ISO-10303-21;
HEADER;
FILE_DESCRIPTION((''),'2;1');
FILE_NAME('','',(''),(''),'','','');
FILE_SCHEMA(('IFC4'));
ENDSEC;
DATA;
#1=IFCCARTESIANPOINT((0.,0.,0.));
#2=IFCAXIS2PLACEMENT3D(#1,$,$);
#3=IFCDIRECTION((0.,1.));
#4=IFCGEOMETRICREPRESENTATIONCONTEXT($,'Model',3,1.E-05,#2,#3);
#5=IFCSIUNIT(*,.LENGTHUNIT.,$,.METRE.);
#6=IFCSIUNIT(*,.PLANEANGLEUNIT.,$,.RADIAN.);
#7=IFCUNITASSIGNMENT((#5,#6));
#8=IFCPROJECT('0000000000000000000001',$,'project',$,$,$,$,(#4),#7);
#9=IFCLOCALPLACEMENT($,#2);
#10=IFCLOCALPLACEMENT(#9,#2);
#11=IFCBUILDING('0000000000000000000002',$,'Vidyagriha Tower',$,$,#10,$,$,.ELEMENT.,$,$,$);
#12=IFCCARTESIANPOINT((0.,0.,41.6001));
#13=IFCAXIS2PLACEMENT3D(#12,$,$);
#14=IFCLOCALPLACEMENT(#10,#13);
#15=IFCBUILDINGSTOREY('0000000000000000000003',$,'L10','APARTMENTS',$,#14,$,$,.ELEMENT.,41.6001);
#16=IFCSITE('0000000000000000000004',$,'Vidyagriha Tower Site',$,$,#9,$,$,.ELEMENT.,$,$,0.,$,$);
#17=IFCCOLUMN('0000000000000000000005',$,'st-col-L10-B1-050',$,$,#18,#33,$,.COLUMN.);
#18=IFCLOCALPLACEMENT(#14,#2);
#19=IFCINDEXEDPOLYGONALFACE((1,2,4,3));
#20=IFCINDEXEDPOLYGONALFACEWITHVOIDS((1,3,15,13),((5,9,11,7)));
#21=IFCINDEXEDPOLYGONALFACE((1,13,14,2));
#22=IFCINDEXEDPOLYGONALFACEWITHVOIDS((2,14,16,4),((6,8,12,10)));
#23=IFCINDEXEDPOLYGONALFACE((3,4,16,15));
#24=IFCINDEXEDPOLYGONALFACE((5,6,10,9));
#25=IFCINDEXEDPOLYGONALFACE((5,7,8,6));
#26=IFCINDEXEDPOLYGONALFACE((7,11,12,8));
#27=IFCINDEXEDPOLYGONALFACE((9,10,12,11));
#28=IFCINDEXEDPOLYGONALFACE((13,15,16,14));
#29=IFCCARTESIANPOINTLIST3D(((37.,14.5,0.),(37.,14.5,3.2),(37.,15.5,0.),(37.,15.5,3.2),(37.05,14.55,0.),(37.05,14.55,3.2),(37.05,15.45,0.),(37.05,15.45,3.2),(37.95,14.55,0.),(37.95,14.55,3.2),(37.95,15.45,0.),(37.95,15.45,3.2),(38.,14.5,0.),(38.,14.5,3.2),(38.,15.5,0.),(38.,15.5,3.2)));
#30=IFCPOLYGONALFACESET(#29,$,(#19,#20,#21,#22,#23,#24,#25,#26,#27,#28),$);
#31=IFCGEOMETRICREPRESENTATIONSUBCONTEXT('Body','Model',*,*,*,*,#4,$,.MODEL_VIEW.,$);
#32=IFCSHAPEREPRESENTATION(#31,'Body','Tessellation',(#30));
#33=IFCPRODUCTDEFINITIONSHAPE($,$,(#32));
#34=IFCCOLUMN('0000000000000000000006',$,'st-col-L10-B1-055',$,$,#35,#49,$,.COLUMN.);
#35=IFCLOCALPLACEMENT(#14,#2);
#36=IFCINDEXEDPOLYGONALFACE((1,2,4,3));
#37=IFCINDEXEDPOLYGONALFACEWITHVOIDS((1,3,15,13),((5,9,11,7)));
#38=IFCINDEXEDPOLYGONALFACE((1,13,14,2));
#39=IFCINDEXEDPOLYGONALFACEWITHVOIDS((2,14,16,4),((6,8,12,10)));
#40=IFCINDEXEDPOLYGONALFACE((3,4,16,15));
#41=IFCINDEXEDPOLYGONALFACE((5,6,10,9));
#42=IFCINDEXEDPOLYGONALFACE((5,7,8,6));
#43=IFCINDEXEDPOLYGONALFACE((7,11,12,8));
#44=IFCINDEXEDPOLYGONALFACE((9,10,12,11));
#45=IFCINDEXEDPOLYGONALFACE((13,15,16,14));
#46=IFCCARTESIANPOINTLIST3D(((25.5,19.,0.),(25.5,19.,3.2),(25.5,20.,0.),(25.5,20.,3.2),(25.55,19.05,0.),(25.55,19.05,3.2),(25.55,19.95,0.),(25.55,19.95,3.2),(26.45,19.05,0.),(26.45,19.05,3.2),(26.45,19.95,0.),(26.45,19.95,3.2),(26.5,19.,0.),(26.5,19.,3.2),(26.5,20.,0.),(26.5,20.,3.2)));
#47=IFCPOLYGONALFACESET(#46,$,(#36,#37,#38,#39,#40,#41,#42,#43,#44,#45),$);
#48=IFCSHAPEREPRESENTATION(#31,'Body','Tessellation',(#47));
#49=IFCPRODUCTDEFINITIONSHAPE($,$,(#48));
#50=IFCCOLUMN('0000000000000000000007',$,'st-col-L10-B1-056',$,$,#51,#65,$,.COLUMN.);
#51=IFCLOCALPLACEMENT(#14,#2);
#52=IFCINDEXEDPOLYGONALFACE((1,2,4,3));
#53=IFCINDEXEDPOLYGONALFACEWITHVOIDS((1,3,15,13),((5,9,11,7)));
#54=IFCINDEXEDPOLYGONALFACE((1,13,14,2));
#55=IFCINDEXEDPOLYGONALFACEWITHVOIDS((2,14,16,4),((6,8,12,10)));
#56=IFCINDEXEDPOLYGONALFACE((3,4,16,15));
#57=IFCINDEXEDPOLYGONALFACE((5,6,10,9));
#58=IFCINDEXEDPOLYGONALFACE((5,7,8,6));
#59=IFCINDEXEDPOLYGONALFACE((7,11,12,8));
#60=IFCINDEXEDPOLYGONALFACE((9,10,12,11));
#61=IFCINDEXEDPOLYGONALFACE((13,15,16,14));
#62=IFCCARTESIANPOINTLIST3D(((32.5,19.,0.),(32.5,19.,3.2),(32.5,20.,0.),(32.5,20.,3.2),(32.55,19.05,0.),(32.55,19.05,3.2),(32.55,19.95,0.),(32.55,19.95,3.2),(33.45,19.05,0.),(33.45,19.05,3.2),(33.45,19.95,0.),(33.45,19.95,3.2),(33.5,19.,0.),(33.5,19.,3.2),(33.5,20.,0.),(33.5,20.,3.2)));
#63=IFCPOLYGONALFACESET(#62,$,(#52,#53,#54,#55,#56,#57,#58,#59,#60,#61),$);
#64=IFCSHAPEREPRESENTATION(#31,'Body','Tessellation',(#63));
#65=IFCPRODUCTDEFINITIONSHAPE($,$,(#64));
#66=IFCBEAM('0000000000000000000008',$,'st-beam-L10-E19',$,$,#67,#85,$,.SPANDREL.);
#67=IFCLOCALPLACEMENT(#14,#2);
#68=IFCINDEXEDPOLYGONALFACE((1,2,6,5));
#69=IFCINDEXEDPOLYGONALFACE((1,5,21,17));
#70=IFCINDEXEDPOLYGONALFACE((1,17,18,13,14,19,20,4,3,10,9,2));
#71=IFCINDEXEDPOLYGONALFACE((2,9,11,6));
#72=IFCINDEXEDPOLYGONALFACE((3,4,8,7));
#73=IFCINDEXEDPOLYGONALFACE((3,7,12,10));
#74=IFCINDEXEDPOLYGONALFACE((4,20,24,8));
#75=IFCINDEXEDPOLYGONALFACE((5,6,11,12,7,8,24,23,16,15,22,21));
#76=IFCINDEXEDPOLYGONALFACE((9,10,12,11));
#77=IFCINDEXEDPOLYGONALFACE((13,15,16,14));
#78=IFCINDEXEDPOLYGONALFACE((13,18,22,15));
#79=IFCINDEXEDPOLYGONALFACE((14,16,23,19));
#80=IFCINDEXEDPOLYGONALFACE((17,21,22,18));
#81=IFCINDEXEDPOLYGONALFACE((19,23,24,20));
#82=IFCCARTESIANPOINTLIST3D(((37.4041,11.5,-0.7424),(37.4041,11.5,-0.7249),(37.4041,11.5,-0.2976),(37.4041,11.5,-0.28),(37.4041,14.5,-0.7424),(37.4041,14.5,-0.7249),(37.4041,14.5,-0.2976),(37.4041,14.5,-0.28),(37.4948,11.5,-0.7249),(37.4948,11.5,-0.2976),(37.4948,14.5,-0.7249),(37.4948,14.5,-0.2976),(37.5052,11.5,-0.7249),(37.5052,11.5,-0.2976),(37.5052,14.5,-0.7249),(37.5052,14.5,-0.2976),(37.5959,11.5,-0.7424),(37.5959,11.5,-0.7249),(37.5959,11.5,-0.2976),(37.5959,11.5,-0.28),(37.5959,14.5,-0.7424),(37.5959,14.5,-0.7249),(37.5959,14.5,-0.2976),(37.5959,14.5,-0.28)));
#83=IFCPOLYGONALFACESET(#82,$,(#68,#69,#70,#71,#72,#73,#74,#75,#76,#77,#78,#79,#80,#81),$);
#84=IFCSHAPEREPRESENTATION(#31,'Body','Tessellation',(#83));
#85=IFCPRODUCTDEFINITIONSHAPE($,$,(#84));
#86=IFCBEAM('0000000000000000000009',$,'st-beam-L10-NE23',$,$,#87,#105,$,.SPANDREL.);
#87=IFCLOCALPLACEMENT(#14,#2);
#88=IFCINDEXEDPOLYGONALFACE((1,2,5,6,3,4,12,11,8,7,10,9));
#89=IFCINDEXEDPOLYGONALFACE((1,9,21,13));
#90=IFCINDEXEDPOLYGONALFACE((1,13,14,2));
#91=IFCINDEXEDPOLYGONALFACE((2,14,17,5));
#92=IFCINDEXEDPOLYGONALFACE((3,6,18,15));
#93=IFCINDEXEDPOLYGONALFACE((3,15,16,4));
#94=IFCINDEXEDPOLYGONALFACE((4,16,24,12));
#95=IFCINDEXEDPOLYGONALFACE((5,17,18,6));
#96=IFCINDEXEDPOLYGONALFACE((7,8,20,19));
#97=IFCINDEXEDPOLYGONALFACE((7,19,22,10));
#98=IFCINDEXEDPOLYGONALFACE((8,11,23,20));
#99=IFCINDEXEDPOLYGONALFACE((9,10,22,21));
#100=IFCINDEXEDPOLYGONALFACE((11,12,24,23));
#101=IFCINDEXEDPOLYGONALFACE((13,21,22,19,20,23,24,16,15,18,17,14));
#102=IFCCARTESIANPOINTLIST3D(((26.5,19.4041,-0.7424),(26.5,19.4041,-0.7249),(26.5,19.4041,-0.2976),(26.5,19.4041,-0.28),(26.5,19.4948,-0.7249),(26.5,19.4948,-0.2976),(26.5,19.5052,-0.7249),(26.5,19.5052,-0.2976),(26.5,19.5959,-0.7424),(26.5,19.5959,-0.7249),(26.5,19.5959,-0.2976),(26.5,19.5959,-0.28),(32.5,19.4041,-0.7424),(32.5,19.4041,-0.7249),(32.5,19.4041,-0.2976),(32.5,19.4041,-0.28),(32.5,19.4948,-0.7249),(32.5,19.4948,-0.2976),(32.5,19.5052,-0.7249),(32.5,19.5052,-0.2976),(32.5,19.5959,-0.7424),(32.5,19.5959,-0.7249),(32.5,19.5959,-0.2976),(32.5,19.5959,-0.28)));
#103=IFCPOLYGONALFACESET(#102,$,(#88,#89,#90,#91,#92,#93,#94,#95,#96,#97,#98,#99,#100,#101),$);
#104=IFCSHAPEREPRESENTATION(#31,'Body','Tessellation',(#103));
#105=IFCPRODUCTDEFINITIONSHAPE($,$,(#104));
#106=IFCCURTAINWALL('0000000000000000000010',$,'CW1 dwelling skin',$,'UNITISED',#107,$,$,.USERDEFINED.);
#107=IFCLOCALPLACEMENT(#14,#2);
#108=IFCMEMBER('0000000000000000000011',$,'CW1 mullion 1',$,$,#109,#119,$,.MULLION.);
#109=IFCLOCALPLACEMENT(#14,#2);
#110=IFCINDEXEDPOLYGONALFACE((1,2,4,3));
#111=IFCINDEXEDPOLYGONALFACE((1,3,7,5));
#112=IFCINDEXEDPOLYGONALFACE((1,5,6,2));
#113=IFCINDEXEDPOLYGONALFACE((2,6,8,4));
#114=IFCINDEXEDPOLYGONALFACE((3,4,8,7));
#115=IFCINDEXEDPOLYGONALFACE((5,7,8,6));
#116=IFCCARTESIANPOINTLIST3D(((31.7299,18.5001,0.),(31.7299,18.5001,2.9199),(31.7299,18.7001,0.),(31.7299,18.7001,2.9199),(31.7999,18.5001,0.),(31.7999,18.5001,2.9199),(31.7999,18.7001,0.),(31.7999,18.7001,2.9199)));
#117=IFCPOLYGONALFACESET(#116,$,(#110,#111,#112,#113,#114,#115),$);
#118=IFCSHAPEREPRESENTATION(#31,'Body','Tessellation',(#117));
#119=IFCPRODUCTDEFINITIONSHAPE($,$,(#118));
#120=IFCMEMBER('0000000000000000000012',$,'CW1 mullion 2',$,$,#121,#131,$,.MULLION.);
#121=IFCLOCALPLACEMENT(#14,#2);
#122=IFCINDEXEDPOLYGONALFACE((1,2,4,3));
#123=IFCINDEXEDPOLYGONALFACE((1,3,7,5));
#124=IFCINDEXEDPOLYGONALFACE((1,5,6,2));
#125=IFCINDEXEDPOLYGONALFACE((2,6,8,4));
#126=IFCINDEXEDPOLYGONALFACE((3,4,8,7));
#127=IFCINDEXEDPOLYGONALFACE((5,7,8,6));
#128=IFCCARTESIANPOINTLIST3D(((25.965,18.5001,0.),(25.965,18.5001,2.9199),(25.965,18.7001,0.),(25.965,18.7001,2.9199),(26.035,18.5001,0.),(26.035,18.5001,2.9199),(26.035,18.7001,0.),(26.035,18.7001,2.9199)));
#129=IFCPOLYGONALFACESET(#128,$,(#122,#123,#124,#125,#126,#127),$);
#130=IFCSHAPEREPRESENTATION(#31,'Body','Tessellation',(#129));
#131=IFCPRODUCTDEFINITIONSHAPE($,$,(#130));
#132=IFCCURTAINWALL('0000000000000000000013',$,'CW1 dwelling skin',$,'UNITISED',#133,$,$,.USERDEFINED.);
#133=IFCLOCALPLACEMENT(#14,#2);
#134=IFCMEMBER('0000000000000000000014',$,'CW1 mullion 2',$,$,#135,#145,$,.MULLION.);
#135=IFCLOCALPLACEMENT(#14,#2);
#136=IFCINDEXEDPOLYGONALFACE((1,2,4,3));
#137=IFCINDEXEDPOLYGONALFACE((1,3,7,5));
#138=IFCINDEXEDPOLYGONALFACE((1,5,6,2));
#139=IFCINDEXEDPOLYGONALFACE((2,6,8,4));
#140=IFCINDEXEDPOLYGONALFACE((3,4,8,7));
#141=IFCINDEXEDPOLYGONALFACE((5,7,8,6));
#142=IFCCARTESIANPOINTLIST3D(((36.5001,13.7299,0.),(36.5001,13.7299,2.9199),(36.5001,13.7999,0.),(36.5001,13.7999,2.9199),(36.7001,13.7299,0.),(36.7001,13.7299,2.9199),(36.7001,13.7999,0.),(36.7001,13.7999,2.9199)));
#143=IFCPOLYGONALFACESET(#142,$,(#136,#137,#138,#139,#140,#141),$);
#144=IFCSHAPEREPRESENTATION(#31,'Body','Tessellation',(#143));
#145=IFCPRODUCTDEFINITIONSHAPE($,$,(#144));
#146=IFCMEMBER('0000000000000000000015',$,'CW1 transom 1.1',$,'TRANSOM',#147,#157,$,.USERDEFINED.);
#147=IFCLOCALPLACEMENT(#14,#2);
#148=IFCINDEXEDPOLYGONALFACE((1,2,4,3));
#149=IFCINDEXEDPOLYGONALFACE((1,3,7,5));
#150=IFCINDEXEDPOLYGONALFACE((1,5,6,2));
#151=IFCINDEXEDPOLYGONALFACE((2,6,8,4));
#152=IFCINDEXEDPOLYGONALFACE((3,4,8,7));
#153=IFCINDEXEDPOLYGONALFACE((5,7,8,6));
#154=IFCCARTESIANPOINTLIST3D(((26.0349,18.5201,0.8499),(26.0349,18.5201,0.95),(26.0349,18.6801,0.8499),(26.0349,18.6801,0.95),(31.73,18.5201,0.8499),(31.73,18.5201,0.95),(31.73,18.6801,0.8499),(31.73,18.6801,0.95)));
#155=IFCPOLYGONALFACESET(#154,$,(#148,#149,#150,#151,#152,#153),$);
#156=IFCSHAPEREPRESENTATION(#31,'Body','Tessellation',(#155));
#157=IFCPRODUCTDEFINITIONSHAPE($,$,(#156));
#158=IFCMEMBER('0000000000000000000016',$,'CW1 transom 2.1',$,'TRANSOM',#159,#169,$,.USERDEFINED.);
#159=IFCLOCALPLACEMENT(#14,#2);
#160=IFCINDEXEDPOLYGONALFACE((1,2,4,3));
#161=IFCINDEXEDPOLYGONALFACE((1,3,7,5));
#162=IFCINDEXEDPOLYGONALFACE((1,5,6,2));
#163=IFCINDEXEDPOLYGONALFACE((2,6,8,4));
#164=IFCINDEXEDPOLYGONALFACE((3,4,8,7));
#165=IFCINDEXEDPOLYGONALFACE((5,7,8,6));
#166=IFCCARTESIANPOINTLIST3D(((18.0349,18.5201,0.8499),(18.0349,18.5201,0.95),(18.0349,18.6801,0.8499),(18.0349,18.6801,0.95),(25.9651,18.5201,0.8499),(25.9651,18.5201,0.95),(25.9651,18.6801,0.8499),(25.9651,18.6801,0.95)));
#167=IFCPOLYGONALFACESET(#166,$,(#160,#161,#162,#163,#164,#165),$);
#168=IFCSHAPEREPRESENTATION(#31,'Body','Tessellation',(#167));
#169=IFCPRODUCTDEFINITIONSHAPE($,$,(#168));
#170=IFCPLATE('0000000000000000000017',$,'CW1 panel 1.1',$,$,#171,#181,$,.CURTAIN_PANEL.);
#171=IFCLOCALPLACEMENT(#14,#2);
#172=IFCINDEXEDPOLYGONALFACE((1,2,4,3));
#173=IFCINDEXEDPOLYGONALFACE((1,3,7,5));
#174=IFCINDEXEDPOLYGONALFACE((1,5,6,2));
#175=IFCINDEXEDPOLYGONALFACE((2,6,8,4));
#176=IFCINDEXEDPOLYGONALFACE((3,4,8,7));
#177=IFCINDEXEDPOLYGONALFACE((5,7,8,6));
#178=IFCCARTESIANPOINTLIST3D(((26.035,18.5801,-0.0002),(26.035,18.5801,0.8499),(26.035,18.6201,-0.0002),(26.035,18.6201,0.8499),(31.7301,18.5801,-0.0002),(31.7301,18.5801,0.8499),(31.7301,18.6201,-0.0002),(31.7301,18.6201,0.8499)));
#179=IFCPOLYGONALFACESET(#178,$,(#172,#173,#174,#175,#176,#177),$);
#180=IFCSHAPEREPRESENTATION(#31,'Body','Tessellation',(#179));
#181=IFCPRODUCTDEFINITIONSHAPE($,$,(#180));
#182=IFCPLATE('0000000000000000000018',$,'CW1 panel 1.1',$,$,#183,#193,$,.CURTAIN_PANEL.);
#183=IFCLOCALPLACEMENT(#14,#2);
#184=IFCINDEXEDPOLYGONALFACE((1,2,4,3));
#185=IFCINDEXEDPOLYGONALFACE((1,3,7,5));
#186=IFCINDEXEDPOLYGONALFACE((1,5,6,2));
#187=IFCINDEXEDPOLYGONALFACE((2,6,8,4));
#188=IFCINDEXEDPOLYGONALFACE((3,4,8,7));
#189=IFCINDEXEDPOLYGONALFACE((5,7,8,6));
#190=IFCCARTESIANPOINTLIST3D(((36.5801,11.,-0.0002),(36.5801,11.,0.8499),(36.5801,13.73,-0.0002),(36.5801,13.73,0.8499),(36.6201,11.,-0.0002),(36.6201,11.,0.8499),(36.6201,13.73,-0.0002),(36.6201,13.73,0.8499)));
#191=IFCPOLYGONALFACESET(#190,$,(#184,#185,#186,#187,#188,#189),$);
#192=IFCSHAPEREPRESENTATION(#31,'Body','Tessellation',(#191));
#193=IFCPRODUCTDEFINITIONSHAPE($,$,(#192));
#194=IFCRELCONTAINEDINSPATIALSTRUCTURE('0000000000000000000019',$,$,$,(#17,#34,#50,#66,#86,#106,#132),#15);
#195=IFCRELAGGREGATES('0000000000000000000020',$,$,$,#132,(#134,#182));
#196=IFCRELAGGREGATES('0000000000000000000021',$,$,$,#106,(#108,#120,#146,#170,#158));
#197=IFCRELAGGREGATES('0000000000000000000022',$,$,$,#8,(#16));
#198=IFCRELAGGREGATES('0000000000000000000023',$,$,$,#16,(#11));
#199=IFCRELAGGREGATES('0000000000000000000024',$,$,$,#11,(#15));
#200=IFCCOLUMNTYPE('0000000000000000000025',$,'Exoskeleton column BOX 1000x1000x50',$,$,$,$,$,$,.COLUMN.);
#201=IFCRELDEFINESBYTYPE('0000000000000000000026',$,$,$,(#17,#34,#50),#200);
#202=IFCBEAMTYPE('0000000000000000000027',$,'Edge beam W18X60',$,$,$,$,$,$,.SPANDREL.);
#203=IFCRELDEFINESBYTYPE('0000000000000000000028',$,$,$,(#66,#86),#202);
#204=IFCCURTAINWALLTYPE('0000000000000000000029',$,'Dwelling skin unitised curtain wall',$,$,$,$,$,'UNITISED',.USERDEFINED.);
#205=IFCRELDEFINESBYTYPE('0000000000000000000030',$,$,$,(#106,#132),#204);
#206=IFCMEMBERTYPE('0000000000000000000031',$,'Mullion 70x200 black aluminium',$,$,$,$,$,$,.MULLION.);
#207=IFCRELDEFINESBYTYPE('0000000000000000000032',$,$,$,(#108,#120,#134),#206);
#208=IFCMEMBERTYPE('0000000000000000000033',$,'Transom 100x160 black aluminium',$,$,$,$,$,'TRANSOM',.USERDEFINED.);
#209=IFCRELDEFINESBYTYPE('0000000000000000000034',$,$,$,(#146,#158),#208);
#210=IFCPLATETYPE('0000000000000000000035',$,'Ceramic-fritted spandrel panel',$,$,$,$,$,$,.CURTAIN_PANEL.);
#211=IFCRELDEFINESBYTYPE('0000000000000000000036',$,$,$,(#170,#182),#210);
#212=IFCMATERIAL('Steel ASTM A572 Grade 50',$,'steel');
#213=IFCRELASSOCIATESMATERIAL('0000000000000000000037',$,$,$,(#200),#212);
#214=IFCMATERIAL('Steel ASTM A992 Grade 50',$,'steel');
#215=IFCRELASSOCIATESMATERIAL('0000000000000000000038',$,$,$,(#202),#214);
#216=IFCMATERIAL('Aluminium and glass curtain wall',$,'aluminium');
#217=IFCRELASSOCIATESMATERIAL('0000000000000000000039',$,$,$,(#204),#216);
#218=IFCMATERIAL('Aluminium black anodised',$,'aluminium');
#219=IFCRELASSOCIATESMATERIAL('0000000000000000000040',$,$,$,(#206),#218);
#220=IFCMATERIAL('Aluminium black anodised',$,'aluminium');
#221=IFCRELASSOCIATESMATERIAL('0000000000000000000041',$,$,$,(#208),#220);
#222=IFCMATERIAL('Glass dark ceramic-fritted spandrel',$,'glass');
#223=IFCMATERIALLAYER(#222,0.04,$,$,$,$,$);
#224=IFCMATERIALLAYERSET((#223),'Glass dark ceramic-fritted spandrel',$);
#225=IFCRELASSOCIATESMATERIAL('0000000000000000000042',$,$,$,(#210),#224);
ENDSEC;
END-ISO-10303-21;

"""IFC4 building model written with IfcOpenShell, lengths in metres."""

from ifc_helpers import new_model, si_unit, direction, frame, origin, origin_2d, place, context, subcontext, project, spatial, rectangle, hollow_rectangle, i_section, extrude, material, layer, layer_set, material_profile, profile_set, type_object, element, aggregate, save


model = new_model("IFC4")

# Units and contexts
model_context = context("Model", 3, precision=1e-05, world=origin(), true_north=direction((0.0, 1.0)))
body_context = subcontext(model_context, "Body", "Model", "MODEL_VIEW")
ifc_project = project(units=[si_unit("LENGTHUNIT", "METRE"), si_unit("PLANEANGLEUNIT", "RADIAN")], contexts=[model_context])

# Site, building, storey
site_placement = place(None, origin())
site = spatial("IfcSite", under=ifc_project, at=site_placement, Name="Vidyagriha Tower Site", CompositionType="ELEMENT", RefElevation=0.0)
building_placement = place(site_placement, origin())
building = spatial("IfcBuilding", under=site, at=building_placement, Name="Vidyagriha Tower", CompositionType="ELEMENT")
storey_placement = place(building_placement, frame((0.0, 0.0, 41.6001)))
storey = spatial("IfcBuildingStorey", under=building, at=storey_placement, Name="L10", Description="APARTMENTS", CompositionType="ELEMENT", Elevation=41.6001)

# Columns
ifc_material_1 = material(Name="Steel ASTM A572 Grade 50", Category="steel")
ifc_material_profile_1 = material_profile(ifc_material_1, hollow_rectangle(XDim=1.0, YDim=1.0, WallThickness=0.05, at=origin_2d()), Name="BOX 1000x1000x50")
ifc_profile_set_1 = profile_set([ifc_material_profile_1], Name="Steel ASTM A572 Grade 50")
column_type = type_object("IfcColumnType", Name="Exoskeleton column BOX 1000x1000x50", PredefinedType="COLUMN", material=ifc_profile_set_1)
for number, where, name in (
    (1, (37.5, 15.0, 0.0), "st-col-L10-B1-050"),
    (2, (26.0, 19.5, 0.0), "st-col-L10-B1-055"),
    (3, (33.0, 19.5, 0.0), "st-col-L10-B1-056"),
):
    element("IfcColumn", number, at=place(storey_placement, frame(where)), inside=storey, type_object=column_type, Name=name, PredefinedType="COLUMN", context=body_context, shape_type="SweptSolid", body=[
        extrude(hollow_rectangle(XDim=1.0, YDim=1.0, WallThickness=0.05, at=origin_2d()), origin(), (0.0, 0.0, 1.0), 3.2),
    ])

# Beams
ifc_material_2 = material(Name="Steel ASTM A992 Grade 50", Category="steel")
ifc_material_profile_2 = material_profile(ifc_material_2, i_section(OverallWidth=0.1919, OverallDepth=0.4624, WebThickness=0.0105, FlangeThickness=0.0176, at=origin_2d()), Name="W18X60")
ifc_profile_set_2 = profile_set([ifc_material_profile_2], Name="Steel ASTM A992 Grade 50")
beam_type = type_object("IfcBeamType", Name="Edge beam W18X60", PredefinedType="SPANDREL", material=ifc_profile_set_2)
beam_1_placement = place(storey_placement, frame((37.5, 11.5, -0.5112), z_axis=(0.0, 1.0, 0.0), x_axis=(-1.0, 0.0, 0.0)))
element("IfcBeam", 4, at=beam_1_placement, inside=storey, type_object=beam_type, Name="st-beam-L10-E19", PredefinedType="SPANDREL", context=body_context, shape_type="SweptSolid", body=[
    extrude(i_section(OverallWidth=0.1919, OverallDepth=0.4624, WebThickness=0.0105, FlangeThickness=0.0176, at=origin_2d()), origin(), (0.0, 0.0, 1.0), 3.0),
])
beam_2_placement = place(storey_placement, frame((26.5, 19.5, -0.5112), z_axis=(1.0, 0.0, 0.0), x_axis=(0.0, 1.0, 0.0)))
element("IfcBeam", 5, at=beam_2_placement, inside=storey, type_object=beam_type, Name="st-beam-L10-NE23", PredefinedType="SPANDREL", context=body_context, shape_type="SweptSolid", body=[
    extrude(i_section(OverallWidth=0.1919, OverallDepth=0.4624, WebThickness=0.0105, FlangeThickness=0.0176, at=origin_2d()), origin(), (0.0, 0.0, 1.0), 6.0),
])

# Curtain wall, members
ifc_material_3 = material(Name="Aluminium and glass curtain wall", Category="aluminium")
curtain_wall_type = type_object("IfcCurtainWallType", Name="Dwelling skin unitised curtain wall", ElementType="UNITISED", PredefinedType="USERDEFINED", material=ifc_material_3)
curtain_wall_1_placement = place(storey_placement, origin())
curtain_wall_1 = element("IfcCurtainWall", 6, at=curtain_wall_1_placement, inside=storey, type_object=curtain_wall_type, Name="CW1 dwelling skin", ObjectType="UNITISED", PredefinedType="USERDEFINED")
ifc_material_4 = material(Name="Aluminium black anodised", Category="aluminium")
ifc_material_profile_3 = material_profile(ifc_material_4, rectangle(XDim=0.2, YDim=0.0701, at=origin_2d()), Name="Mullion 70x200 black aluminium")
ifc_profile_set_3 = profile_set([ifc_material_profile_3], Name="Aluminium black anodised")
member_type_1 = type_object("IfcMemberType", Name="Mullion 70x200 black aluminium", PredefinedType="MULLION", material=ifc_profile_set_3)
member_1_placement = place(storey_placement, frame((31.7649, 18.6001, 0.0), z_axis=(0.0, 0.0, 1.0), x_axis=(0.0, -1.0, 0.0)))
member_1 = element("IfcMember", 7, at=member_1_placement, type_object=member_type_1, Name="CW1 mullion 1", PredefinedType="MULLION", context=body_context, shape_type="SweptSolid", body=[
    extrude(rectangle(XDim=0.2, YDim=0.0701, at=origin_2d()), origin(), (0.0, 0.0, 1.0), 2.9199),
])
member_2_placement = place(storey_placement, frame((26.0, 18.6001, 0.0), z_axis=(0.0, 0.0, 1.0), x_axis=(0.0, -1.0, 0.0)))
member_2 = element("IfcMember", 8, at=member_2_placement, type_object=member_type_1, Name="CW1 mullion 2", PredefinedType="MULLION", context=body_context, shape_type="SweptSolid", body=[
    extrude(rectangle(XDim=0.2, YDim=0.0701, at=origin_2d()), origin(), (0.0, 0.0, 1.0), 2.9199),
])

# Curtain wall, member
curtain_wall_2_placement = place(storey_placement, origin())
curtain_wall_2 = element("IfcCurtainWall", 9, at=curtain_wall_2_placement, inside=storey, type_object=curtain_wall_type, Name="CW1 dwelling skin", ObjectType="UNITISED", PredefinedType="USERDEFINED")
member_3_placement = place(storey_placement, frame((36.6001, 13.7649, 0.0), z_axis=(0.0, 0.0, 1.0), x_axis=(-1.0, 0.0, 0.0)))
member_3 = element("IfcMember", 10, at=member_3_placement, type_object=member_type_1, Name="CW1 mullion 2", PredefinedType="MULLION", context=body_context, shape_type="SweptSolid", body=[
    extrude(rectangle(XDim=0.2, YDim=0.0701, at=origin_2d()), origin(), (0.0, 0.0, 1.0), 2.9199),
])

# Members
ifc_material_5 = material(Name="Aluminium black anodised", Category="aluminium")
ifc_material_profile_4 = material_profile(ifc_material_5, rectangle(XDim=0.1599, YDim=0.1001, at=origin_2d()), Name="Transom 100x160 black aluminium")
ifc_profile_set_4 = profile_set([ifc_material_profile_4], Name="Aluminium black anodised")
member_type_2 = type_object("IfcMemberType", Name="Transom 100x160 black aluminium", ElementType="TRANSOM", PredefinedType="USERDEFINED", material=ifc_profile_set_4)
member_4_placement = place(storey_placement, frame((31.73, 18.6001, 0.8999), z_axis=(-1.0, 0.0, 0.0), x_axis=(0.0, -1.0, 0.0)))
member_4 = element("IfcMember", 11, at=member_4_placement, type_object=member_type_2, Name="CW1 transom 1.1", ObjectType="TRANSOM", PredefinedType="USERDEFINED", context=body_context, shape_type="SweptSolid", body=[
    extrude(rectangle(XDim=0.1599, YDim=0.1001, at=origin_2d()), origin(), (0.0, 0.0, 1.0), 5.6951),
])
member_5_placement = place(storey_placement, frame((25.9651, 18.6001, 0.8999), z_axis=(-1.0, 0.0, 0.0), x_axis=(0.0, -1.0, 0.0)))
member_5 = element("IfcMember", 12, at=member_5_placement, type_object=member_type_2, Name="CW1 transom 2.1", ObjectType="TRANSOM", PredefinedType="USERDEFINED", context=body_context, shape_type="SweptSolid", body=[
    extrude(rectangle(XDim=0.1599, YDim=0.1001, at=origin_2d()), origin(), (0.0, 0.0, 1.0), 7.9302),
])

# Plates
ifc_material_6 = material(Name="Glass dark ceramic-fritted spandrel", Category="glass")
ifc_layer_1 = layer(ifc_material_6, 0.04)
ifc_layer_set_1 = layer_set([ifc_layer_1], Name="Glass dark ceramic-fritted spandrel")
plate_type_1 = type_object("IfcPlateType", Name="Ceramic-fritted spandrel panel", PredefinedType="CURTAIN_PANEL", material=ifc_layer_set_1)
plate_1_placement = place(storey_placement, frame((28.8826, 18.6001, -0.0002), z_axis=(0.0, 0.0, 1.0), x_axis=(-1.0, 0.0, 0.0)))
plate_1 = element("IfcPlate", 13, at=plate_1_placement, type_object=plate_type_1, Name="CW1 panel 1.1", PredefinedType="CURTAIN_PANEL", context=body_context, shape_type="SweptSolid", body=[
    extrude(rectangle(XDim=5.6951, YDim=0.04, at=origin_2d()), origin(), (0.0, 0.0, 1.0), 0.8501),
])
plate_2_placement = place(storey_placement, frame((36.6001, 12.365, -0.0002), z_axis=(0.0, 0.0, 1.0), x_axis=(0.0, 1.0, 0.0)))
plate_2 = element("IfcPlate", 14, at=plate_2_placement, type_object=plate_type_1, Name="CW1 panel 1.1", PredefinedType="CURTAIN_PANEL", context=body_context, shape_type="SweptSolid", body=[
    extrude(rectangle(XDim=2.73, YDim=0.04, at=origin_2d()), origin(), (0.0, 0.0, 1.0), 0.8501),
])
aggregate(curtain_wall_2, [member_3, plate_2])
aggregate(curtain_wall_1, [member_1, member_2, member_4, plate_1, member_5])

save(model, "model.ifc")
